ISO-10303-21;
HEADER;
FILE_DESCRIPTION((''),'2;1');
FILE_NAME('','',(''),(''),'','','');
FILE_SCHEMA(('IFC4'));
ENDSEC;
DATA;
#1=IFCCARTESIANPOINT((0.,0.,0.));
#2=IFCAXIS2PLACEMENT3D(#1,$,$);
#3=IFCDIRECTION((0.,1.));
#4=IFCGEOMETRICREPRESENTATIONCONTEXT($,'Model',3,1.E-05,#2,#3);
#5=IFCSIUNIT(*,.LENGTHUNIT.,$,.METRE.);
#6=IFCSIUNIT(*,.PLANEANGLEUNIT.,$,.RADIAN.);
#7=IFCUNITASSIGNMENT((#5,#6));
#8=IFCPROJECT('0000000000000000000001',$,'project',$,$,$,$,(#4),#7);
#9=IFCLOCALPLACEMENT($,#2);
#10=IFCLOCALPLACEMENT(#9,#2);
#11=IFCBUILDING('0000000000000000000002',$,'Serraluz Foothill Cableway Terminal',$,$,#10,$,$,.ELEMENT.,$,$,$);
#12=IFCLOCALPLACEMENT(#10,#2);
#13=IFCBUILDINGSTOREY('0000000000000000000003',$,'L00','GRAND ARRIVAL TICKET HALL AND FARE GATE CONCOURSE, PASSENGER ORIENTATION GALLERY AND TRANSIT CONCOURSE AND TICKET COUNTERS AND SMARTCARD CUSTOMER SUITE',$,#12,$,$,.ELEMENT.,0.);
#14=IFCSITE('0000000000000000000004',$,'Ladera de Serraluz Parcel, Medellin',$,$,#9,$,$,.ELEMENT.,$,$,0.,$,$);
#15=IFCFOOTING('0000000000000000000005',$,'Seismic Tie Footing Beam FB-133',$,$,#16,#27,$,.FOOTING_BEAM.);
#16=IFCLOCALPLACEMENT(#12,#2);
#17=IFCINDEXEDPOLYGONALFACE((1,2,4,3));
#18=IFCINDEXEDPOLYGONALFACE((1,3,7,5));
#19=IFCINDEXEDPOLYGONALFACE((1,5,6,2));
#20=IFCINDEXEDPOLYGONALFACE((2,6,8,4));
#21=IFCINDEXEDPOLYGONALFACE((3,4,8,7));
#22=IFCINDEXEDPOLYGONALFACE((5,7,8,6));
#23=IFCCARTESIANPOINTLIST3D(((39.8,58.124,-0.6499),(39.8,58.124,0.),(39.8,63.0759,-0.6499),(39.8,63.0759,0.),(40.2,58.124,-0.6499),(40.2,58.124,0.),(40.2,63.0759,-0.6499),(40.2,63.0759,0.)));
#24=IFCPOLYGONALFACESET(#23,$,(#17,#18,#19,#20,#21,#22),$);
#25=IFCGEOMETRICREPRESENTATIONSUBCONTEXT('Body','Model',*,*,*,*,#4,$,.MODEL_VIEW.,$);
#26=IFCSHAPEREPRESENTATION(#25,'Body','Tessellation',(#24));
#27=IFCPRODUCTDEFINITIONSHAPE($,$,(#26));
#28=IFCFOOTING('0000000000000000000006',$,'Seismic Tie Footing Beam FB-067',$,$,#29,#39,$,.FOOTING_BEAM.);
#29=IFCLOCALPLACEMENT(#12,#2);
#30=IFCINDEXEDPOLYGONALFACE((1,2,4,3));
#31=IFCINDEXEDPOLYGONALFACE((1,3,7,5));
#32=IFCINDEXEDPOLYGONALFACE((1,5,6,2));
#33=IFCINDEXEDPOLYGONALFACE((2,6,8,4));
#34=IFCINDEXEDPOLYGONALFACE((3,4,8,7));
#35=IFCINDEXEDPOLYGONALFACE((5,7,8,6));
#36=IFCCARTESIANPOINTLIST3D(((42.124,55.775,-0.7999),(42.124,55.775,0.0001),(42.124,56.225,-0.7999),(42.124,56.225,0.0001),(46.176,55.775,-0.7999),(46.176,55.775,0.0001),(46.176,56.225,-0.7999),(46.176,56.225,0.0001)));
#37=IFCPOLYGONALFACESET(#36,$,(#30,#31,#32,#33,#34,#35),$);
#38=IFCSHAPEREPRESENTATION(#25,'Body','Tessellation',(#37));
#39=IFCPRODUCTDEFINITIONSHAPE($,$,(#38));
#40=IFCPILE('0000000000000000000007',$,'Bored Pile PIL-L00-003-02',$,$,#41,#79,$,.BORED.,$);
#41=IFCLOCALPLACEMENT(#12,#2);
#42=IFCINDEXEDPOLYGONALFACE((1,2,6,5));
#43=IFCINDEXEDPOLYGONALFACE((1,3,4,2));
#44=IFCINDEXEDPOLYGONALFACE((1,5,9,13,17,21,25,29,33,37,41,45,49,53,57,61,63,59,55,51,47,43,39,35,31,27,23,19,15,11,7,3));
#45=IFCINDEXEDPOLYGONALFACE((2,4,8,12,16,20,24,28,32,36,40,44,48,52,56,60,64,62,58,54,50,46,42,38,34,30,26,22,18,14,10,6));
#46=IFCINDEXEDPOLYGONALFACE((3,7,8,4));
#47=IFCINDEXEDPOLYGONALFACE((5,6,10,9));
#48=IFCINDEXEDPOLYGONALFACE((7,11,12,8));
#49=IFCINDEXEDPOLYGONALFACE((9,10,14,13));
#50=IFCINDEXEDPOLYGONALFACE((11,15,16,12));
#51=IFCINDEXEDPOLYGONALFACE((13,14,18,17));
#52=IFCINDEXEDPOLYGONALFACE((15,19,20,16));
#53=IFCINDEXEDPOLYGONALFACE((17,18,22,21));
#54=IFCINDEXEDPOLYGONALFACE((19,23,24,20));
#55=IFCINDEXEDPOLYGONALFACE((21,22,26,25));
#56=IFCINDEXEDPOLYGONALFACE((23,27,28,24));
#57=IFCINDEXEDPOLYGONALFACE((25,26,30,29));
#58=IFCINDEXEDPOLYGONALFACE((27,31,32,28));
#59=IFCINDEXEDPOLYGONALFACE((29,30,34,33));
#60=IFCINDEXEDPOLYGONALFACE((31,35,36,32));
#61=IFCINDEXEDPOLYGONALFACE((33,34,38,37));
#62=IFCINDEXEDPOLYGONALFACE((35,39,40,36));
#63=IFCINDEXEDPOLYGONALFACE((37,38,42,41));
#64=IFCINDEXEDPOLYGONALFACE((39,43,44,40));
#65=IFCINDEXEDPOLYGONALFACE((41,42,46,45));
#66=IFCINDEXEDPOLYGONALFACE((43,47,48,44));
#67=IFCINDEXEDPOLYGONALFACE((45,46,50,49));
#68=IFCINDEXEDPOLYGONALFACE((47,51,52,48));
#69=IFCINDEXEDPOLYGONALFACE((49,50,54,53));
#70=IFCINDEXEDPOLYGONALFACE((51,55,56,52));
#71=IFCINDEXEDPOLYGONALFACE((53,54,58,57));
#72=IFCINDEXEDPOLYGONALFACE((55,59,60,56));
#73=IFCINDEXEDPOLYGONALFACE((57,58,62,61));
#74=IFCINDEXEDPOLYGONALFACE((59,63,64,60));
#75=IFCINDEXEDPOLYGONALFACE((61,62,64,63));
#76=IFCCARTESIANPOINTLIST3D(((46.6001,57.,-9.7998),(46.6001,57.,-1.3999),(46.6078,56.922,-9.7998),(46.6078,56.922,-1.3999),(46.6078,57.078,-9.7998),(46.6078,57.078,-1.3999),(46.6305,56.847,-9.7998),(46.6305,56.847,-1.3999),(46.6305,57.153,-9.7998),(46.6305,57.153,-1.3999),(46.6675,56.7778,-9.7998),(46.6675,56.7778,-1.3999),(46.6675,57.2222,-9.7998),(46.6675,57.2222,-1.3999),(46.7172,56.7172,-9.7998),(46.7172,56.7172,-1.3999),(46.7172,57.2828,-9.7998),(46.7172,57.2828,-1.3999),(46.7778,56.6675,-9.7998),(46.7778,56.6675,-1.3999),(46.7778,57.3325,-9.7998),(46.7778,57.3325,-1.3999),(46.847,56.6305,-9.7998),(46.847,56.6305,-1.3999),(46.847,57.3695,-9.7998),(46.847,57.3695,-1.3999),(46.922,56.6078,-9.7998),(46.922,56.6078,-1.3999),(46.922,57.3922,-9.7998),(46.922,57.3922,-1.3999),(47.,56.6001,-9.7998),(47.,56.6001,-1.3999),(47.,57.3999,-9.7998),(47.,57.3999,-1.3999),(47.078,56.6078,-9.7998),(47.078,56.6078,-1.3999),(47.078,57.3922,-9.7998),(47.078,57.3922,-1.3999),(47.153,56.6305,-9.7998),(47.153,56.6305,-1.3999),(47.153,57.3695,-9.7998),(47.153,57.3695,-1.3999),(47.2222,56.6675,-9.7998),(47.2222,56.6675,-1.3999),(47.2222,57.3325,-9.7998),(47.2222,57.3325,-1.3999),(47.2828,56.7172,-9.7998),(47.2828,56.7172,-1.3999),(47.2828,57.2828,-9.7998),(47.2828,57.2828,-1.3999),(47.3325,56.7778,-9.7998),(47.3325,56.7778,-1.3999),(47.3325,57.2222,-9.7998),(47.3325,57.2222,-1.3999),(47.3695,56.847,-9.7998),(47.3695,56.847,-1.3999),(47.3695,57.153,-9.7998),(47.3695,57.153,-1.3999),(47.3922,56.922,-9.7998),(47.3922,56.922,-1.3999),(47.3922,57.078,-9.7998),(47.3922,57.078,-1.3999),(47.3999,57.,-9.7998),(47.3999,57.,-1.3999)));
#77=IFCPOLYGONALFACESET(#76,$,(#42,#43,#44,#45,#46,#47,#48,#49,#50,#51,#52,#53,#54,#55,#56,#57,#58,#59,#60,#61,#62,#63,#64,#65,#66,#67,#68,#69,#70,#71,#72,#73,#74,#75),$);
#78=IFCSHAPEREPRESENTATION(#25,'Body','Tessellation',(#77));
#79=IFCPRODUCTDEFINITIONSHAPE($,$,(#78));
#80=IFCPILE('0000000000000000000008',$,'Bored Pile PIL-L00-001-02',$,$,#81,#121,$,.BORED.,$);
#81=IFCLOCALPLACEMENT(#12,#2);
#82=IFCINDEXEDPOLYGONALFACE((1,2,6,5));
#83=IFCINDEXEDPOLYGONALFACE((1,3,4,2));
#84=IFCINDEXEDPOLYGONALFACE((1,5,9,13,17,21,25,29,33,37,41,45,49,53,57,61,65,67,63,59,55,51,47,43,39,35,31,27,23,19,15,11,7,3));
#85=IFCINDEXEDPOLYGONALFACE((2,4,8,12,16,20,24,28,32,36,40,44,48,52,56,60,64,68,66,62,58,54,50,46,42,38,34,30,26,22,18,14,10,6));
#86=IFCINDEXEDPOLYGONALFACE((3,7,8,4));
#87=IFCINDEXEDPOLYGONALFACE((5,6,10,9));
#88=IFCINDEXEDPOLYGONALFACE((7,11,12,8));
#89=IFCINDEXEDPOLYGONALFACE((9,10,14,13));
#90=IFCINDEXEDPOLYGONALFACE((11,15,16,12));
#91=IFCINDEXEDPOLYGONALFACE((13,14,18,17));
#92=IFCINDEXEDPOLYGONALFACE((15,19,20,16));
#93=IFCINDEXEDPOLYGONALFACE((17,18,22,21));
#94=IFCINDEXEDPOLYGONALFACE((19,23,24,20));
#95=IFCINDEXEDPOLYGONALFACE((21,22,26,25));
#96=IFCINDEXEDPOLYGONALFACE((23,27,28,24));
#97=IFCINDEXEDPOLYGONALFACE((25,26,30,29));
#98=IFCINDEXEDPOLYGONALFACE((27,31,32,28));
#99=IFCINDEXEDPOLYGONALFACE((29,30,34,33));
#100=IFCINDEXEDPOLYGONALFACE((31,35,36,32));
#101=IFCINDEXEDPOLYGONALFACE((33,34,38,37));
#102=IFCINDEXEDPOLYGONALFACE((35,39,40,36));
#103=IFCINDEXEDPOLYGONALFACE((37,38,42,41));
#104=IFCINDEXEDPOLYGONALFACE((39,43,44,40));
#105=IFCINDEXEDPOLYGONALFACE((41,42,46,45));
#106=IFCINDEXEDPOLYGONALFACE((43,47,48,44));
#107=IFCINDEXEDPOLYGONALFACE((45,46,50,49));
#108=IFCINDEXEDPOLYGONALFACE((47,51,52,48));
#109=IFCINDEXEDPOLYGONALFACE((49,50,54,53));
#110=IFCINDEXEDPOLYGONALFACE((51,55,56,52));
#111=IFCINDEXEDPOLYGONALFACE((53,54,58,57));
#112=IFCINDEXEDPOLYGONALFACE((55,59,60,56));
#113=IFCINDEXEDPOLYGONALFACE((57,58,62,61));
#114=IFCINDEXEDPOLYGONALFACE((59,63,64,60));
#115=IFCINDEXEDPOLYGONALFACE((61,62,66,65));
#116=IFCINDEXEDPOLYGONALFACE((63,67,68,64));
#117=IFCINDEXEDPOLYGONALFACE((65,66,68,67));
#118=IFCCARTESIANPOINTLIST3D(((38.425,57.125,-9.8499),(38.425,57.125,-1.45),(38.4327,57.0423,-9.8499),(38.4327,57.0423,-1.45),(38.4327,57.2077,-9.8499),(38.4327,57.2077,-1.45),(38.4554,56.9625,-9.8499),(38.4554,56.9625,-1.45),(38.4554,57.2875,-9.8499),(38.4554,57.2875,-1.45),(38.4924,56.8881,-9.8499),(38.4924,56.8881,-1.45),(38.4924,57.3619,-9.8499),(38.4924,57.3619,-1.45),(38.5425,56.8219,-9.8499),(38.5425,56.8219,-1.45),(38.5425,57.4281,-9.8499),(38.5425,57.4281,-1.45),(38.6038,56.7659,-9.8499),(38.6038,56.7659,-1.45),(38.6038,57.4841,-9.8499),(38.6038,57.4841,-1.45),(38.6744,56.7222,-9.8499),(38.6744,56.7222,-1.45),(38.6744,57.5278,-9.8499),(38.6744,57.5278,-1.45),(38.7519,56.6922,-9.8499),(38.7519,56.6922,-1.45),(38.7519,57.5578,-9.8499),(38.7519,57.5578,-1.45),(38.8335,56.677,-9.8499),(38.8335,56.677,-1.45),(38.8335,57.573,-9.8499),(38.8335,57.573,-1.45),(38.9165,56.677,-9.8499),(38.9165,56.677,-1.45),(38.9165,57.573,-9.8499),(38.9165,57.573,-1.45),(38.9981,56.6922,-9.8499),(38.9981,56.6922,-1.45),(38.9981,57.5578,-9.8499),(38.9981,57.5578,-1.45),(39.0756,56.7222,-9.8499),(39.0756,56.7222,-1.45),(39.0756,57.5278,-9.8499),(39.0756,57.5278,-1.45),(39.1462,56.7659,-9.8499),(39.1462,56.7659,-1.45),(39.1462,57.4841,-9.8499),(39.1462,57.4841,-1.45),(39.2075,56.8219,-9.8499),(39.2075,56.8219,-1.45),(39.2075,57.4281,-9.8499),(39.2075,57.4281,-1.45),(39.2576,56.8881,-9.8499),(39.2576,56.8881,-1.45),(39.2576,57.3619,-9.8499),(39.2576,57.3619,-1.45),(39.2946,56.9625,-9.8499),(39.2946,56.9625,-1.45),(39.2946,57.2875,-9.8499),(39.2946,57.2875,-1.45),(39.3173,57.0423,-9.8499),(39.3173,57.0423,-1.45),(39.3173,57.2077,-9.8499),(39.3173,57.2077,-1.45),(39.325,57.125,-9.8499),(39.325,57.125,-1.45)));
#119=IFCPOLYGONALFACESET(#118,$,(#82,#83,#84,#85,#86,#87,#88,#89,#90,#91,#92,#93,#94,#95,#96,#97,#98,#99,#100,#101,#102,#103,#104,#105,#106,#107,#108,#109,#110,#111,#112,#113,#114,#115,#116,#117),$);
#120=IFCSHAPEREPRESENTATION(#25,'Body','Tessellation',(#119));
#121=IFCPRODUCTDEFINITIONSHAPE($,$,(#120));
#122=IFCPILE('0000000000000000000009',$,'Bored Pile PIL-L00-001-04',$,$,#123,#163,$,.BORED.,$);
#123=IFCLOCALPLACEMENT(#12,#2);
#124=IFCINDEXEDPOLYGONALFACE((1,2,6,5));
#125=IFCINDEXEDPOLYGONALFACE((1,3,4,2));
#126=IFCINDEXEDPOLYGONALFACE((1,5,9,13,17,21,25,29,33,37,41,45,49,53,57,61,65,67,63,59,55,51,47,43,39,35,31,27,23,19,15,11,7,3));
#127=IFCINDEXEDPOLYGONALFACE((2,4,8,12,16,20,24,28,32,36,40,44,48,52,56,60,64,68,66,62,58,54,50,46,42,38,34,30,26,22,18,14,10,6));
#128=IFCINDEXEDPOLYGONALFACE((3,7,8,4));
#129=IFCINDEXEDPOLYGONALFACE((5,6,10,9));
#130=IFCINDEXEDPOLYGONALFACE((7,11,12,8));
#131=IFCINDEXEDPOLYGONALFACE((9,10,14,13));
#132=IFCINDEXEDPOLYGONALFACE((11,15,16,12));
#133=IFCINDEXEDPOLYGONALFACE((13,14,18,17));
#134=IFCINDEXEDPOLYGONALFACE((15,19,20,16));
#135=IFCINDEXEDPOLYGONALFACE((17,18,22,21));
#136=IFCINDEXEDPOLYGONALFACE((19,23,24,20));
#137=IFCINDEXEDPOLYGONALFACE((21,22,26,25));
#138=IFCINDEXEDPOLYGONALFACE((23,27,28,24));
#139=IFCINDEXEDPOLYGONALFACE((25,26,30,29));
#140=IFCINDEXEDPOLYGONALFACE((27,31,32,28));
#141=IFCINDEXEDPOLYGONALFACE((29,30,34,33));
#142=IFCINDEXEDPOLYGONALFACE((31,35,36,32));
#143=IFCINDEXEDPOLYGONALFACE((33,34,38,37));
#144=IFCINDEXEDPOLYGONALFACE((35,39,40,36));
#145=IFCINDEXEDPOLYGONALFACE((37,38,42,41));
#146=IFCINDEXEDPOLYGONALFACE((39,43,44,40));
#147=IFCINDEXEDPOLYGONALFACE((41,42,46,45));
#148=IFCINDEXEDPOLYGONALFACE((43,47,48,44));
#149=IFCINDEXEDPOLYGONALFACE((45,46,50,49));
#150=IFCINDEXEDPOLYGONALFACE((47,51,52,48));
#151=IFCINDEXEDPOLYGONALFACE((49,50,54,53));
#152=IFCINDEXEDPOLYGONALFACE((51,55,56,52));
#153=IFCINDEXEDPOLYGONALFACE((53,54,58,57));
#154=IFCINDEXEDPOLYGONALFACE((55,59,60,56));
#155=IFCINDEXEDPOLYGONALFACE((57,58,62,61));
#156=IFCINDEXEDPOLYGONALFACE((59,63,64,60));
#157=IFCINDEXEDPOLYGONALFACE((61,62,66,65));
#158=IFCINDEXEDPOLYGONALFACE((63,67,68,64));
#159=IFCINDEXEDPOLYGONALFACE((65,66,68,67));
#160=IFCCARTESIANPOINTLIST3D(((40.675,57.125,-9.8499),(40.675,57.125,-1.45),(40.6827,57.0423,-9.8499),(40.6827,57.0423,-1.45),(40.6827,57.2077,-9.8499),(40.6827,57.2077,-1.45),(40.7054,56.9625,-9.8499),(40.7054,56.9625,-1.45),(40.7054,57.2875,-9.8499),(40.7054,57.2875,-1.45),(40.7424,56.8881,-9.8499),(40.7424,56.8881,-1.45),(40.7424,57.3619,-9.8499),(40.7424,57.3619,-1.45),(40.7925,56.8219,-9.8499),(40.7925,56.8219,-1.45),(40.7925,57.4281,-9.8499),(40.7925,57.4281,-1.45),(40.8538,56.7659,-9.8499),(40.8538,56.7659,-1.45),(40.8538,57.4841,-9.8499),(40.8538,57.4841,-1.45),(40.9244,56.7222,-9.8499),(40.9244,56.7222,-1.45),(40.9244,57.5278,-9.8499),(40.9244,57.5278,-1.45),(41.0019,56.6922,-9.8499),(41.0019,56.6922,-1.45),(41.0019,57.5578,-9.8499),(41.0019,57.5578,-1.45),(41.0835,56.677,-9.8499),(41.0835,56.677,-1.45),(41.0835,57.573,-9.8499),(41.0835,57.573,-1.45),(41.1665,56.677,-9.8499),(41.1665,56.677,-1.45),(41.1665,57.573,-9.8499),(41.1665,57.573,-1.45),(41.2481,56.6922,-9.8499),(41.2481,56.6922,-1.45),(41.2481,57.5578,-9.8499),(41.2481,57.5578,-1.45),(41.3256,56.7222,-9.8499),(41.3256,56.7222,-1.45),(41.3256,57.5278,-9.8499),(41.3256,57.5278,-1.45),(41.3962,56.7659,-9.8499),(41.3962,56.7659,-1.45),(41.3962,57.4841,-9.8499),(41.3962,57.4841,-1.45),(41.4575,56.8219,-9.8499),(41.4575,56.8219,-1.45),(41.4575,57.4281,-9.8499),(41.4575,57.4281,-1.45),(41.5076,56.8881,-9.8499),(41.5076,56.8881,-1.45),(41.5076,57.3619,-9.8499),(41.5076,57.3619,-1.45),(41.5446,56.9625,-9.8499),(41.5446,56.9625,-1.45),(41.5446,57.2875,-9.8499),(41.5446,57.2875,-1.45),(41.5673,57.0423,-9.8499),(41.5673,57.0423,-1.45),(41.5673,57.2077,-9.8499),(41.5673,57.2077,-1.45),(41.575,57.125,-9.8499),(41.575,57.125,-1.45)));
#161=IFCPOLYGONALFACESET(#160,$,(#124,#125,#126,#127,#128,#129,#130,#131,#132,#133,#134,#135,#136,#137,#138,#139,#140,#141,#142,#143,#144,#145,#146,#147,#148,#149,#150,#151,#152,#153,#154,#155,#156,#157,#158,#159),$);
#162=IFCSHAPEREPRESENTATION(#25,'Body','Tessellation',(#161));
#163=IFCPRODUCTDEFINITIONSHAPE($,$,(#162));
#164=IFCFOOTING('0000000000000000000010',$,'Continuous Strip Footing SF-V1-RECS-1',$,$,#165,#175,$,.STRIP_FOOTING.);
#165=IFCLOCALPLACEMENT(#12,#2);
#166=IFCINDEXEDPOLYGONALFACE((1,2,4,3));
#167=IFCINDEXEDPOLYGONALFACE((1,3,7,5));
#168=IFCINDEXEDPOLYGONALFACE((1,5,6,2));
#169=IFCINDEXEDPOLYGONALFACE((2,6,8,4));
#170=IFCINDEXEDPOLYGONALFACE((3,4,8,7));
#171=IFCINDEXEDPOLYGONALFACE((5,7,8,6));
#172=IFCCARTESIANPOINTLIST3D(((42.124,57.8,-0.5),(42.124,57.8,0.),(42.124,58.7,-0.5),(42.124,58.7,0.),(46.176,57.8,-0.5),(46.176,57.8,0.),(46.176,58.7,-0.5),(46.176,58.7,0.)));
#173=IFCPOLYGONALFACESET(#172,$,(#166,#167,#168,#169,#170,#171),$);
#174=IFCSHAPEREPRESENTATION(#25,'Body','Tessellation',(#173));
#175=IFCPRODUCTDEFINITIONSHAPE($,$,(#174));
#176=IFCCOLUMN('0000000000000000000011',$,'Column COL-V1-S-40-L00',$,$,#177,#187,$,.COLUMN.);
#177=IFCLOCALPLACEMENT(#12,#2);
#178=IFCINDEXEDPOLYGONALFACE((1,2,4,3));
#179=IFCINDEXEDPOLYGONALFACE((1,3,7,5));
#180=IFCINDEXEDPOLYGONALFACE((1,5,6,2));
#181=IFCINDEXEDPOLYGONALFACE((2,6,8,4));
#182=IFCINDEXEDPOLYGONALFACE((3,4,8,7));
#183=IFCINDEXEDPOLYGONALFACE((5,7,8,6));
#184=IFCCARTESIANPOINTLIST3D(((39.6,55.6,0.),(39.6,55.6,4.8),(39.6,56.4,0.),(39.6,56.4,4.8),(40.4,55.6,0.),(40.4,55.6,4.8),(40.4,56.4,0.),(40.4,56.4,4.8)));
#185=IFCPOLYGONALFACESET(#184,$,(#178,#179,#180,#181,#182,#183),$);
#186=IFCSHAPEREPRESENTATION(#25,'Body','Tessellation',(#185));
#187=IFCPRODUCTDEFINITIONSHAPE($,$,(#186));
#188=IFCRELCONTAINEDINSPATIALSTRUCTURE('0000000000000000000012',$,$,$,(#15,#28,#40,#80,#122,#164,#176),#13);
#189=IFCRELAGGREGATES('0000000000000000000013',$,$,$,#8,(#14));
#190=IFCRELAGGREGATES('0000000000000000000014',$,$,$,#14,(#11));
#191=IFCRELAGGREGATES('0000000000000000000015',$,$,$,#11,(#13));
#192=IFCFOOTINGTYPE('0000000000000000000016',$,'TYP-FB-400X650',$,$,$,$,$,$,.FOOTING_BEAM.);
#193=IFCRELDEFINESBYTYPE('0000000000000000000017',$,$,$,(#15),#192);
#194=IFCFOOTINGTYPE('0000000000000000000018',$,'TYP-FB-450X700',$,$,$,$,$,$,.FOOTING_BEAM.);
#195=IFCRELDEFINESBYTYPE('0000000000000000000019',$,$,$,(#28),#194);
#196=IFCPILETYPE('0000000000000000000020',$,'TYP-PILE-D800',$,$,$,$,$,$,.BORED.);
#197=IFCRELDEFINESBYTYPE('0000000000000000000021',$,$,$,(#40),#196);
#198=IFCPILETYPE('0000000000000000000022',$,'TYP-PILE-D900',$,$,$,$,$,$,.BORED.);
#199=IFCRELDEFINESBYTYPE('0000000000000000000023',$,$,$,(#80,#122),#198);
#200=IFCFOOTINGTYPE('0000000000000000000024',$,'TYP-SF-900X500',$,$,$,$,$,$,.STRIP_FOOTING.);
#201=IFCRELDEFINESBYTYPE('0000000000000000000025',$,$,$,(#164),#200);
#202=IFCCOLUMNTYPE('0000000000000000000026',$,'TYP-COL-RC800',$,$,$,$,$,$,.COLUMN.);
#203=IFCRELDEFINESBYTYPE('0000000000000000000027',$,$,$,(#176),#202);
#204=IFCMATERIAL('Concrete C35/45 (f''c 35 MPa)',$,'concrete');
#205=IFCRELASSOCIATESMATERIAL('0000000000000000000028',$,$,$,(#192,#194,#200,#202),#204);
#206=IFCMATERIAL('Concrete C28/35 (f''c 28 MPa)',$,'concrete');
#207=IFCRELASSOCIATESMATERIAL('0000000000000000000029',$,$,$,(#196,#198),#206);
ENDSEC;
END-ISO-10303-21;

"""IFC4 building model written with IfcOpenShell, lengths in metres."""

from ifc_helpers import new_model, si_unit, direction, frame, origin, origin_2d, place, context, subcontext, project, spatial, rectangle, circle, extrude, material, material_profile, profile_set, type_object, element, save


model = new_model("IFC4")

# Units and contexts
model_context = context("Model", 3, precision=1e-05, world=origin(), true_north=direction((0.0, 1.0)))
body_context = subcontext(model_context, "Body", "Model", "MODEL_VIEW")
ifc_project = project(units=[si_unit("LENGTHUNIT", "METRE"), si_unit("PLANEANGLEUNIT", "RADIAN")], contexts=[model_context])

# Site, building, storey
site_placement = place(None, origin())
site = spatial("IfcSite", under=ifc_project, at=site_placement, Name="Ladera de Serraluz Parcel, Medellin", CompositionType="ELEMENT", RefElevation=0.0)
building_placement = place(site_placement, origin())
building = spatial("IfcBuilding", under=site, at=building_placement, Name="Serraluz Foothill Cableway Terminal", CompositionType="ELEMENT")
storey_placement = place(building_placement, origin())
storey = spatial("IfcBuildingStorey", under=building, at=storey_placement, Name="L00", Description="GRAND ARRIVAL TICKET HALL AND FARE GATE CONCOURSE, PASSENGER ORIENTATION GALLERY AND TRANSIT CONCOURSE AND TICKET COUNTERS AND SMARTCARD CUSTOMER SUITE", CompositionType="ELEMENT", Elevation=0.0)

# Footings
ifc_material_1 = material(Name="Concrete C35/45 (f'c 35 MPa)", Category="concrete")
ifc_material_profile_1 = material_profile(ifc_material_1, rectangle(XDim=0.3999, YDim=0.6499, at=origin_2d()), Name="RC 400x650")
ifc_profile_set_1 = profile_set([ifc_material_profile_1], Name="Concrete C35/45 (f'c 35 MPa)")
footing_type_1 = type_object("IfcFootingType", Name="TYP-FB-400X650", PredefinedType="FOOTING_BEAM", material=ifc_profile_set_1)
footing_1_placement = place(storey_placement, frame((40.0, 58.124, -0.325), z_axis=(0.0, 1.0, 0.0), x_axis=(-1.0, 0.0, 0.0)))
element("IfcFooting", 1, at=footing_1_placement, inside=storey, type_object=footing_type_1, Name="Seismic Tie Footing Beam FB-133", PredefinedType="FOOTING_BEAM", context=body_context, shape_type="SweptSolid", body=[
    extrude(rectangle(XDim=0.3999, YDim=0.6499, at=origin_2d()), origin(), (0.0, 0.0, 1.0), 4.9519),
])
ifc_material_profile_2 = material_profile(ifc_material_1, rectangle(XDim=0.45, YDim=0.8, at=origin_2d()), Name="RC 450x800")
ifc_profile_set_2 = profile_set([ifc_material_profile_2], Name="Concrete C35/45 (f'c 35 MPa)")
footing_type_2 = type_object("IfcFootingType", Name="TYP-FB-450X700", PredefinedType="FOOTING_BEAM", material=ifc_profile_set_2)
footing_2_placement = place(storey_placement, frame((42.124, 56.0, -0.3999), z_axis=(1.0, 0.0, 0.0), x_axis=(0.0, 1.0, 0.0)))
element("IfcFooting", 2, at=footing_2_placement, inside=storey, type_object=footing_type_2, Name="Seismic Tie Footing Beam FB-067", PredefinedType="FOOTING_BEAM", context=body_context, shape_type="SweptSolid", body=[
    extrude(rectangle(XDim=0.45, YDim=0.8, at=origin_2d()), origin(), (0.0, 0.0, 1.0), 4.052),
])

# Piles
ifc_material_2 = material(Name="Concrete C28/35 (f'c 28 MPa)", Category="concrete")
ifc_material_profile_3 = material_profile(ifc_material_2, circle(Radius=0.3999, at=origin_2d()), Name="BORED PILE D800")
ifc_profile_set_3 = profile_set([ifc_material_profile_3], Name="Concrete C28/35 (f'c 28 MPa)")
pile_type_1 = type_object("IfcPileType", Name="TYP-PILE-D800", PredefinedType="BORED", material=ifc_profile_set_3)
pile_placement = place(storey_placement, frame((47.0, 57.0, -1.3999), z_axis=(0.0, 0.0, -1.0), x_axis=(1.0, 0.0, 0.0)))
element("IfcPile", 3, at=pile_placement, inside=storey, type_object=pile_type_1, Name="Bored Pile PIL-L00-003-02", PredefinedType="BORED", context=body_context, shape_type="SweptSolid", body=[
    extrude(circle(Radius=0.3999, at=origin_2d()), origin(), (0.0, 0.0, 1.0), 8.3999),
])
ifc_material_profile_4 = material_profile(ifc_material_2, circle(Radius=0.45, at=origin_2d()), Name="BORED PILE D900")
ifc_profile_set_4 = profile_set([ifc_material_profile_4], Name="Concrete C28/35 (f'c 28 MPa)")
pile_type_2 = type_object("IfcPileType", Name="TYP-PILE-D900", PredefinedType="BORED", material=ifc_profile_set_4)
for number, where, z_axis, x_axis, name in (
    (4, (38.875, 57.125, -1.45), (0.0, 0.0, -1.0), (1.0, 0.0, 0.0), "Bored Pile PIL-L00-001-02"),
    (5, (41.125, 57.125, -1.45), (0.0, 0.0, -1.0), (1.0, 0.0, 0.0), "Bored Pile PIL-L00-001-04"),
):
    element("IfcPile", number, at=place(storey_placement, frame(where, z_axis=z_axis, x_axis=x_axis)), inside=storey, type_object=pile_type_2, Name=name, PredefinedType="BORED", context=body_context, shape_type="SweptSolid", body=[
        extrude(circle(Radius=0.45, at=origin_2d()), origin(), (0.0, 0.0, 1.0), 8.3999),
    ])

# Footing
ifc_material_profile_5 = material_profile(ifc_material_1, rectangle(XDim=0.8999, YDim=0.5, at=origin_2d()), Name="SF 900x500")
ifc_profile_set_5 = profile_set([ifc_material_profile_5], Name="Concrete C35/45 (f'c 35 MPa)")
footing_type_3 = type_object("IfcFootingType", Name="TYP-SF-900X500", PredefinedType="STRIP_FOOTING", material=ifc_profile_set_5)
footing_3_placement = place(storey_placement, frame((42.124, 58.25, -0.25), z_axis=(1.0, 0.0, 0.0), x_axis=(0.0, 1.0, 0.0)))
element("IfcFooting", 6, at=footing_3_placement, inside=storey, type_object=footing_type_3, Name="Continuous Strip Footing SF-V1-RECS-1", PredefinedType="STRIP_FOOTING", context=body_context, shape_type="SweptSolid", body=[
    extrude(rectangle(XDim=0.8999, YDim=0.5, at=origin_2d()), origin(), (0.0, 0.0, 1.0), 4.052),
])

# Column
ifc_material_profile_6 = material_profile(ifc_material_1, rectangle(XDim=0.8, YDim=0.8, at=origin_2d()), Name="RC 800x800")
ifc_profile_set_6 = profile_set([ifc_material_profile_6], Name="Concrete C35/45 (f'c 35 MPa)")
column_type = type_object("IfcColumnType", Name="TYP-COL-RC800", PredefinedType="COLUMN", material=ifc_profile_set_6)
column_placement = place(storey_placement, frame((40.0, 56.0, 0.0), z_axis=(0.0, 0.0, 1.0), x_axis=(1.0, 0.0, 0.0)))
element("IfcColumn", 7, at=column_placement, inside=storey, type_object=column_type, Name="Column COL-V1-S-40-L00", PredefinedType="COLUMN", context=body_context, shape_type="SweptSolid", body=[
    extrude(rectangle(XDim=0.8, YDim=0.8, at=origin_2d()), origin(), (0.0, 0.0, 1.0), 4.8),
])

save(model, "model.ifc")
